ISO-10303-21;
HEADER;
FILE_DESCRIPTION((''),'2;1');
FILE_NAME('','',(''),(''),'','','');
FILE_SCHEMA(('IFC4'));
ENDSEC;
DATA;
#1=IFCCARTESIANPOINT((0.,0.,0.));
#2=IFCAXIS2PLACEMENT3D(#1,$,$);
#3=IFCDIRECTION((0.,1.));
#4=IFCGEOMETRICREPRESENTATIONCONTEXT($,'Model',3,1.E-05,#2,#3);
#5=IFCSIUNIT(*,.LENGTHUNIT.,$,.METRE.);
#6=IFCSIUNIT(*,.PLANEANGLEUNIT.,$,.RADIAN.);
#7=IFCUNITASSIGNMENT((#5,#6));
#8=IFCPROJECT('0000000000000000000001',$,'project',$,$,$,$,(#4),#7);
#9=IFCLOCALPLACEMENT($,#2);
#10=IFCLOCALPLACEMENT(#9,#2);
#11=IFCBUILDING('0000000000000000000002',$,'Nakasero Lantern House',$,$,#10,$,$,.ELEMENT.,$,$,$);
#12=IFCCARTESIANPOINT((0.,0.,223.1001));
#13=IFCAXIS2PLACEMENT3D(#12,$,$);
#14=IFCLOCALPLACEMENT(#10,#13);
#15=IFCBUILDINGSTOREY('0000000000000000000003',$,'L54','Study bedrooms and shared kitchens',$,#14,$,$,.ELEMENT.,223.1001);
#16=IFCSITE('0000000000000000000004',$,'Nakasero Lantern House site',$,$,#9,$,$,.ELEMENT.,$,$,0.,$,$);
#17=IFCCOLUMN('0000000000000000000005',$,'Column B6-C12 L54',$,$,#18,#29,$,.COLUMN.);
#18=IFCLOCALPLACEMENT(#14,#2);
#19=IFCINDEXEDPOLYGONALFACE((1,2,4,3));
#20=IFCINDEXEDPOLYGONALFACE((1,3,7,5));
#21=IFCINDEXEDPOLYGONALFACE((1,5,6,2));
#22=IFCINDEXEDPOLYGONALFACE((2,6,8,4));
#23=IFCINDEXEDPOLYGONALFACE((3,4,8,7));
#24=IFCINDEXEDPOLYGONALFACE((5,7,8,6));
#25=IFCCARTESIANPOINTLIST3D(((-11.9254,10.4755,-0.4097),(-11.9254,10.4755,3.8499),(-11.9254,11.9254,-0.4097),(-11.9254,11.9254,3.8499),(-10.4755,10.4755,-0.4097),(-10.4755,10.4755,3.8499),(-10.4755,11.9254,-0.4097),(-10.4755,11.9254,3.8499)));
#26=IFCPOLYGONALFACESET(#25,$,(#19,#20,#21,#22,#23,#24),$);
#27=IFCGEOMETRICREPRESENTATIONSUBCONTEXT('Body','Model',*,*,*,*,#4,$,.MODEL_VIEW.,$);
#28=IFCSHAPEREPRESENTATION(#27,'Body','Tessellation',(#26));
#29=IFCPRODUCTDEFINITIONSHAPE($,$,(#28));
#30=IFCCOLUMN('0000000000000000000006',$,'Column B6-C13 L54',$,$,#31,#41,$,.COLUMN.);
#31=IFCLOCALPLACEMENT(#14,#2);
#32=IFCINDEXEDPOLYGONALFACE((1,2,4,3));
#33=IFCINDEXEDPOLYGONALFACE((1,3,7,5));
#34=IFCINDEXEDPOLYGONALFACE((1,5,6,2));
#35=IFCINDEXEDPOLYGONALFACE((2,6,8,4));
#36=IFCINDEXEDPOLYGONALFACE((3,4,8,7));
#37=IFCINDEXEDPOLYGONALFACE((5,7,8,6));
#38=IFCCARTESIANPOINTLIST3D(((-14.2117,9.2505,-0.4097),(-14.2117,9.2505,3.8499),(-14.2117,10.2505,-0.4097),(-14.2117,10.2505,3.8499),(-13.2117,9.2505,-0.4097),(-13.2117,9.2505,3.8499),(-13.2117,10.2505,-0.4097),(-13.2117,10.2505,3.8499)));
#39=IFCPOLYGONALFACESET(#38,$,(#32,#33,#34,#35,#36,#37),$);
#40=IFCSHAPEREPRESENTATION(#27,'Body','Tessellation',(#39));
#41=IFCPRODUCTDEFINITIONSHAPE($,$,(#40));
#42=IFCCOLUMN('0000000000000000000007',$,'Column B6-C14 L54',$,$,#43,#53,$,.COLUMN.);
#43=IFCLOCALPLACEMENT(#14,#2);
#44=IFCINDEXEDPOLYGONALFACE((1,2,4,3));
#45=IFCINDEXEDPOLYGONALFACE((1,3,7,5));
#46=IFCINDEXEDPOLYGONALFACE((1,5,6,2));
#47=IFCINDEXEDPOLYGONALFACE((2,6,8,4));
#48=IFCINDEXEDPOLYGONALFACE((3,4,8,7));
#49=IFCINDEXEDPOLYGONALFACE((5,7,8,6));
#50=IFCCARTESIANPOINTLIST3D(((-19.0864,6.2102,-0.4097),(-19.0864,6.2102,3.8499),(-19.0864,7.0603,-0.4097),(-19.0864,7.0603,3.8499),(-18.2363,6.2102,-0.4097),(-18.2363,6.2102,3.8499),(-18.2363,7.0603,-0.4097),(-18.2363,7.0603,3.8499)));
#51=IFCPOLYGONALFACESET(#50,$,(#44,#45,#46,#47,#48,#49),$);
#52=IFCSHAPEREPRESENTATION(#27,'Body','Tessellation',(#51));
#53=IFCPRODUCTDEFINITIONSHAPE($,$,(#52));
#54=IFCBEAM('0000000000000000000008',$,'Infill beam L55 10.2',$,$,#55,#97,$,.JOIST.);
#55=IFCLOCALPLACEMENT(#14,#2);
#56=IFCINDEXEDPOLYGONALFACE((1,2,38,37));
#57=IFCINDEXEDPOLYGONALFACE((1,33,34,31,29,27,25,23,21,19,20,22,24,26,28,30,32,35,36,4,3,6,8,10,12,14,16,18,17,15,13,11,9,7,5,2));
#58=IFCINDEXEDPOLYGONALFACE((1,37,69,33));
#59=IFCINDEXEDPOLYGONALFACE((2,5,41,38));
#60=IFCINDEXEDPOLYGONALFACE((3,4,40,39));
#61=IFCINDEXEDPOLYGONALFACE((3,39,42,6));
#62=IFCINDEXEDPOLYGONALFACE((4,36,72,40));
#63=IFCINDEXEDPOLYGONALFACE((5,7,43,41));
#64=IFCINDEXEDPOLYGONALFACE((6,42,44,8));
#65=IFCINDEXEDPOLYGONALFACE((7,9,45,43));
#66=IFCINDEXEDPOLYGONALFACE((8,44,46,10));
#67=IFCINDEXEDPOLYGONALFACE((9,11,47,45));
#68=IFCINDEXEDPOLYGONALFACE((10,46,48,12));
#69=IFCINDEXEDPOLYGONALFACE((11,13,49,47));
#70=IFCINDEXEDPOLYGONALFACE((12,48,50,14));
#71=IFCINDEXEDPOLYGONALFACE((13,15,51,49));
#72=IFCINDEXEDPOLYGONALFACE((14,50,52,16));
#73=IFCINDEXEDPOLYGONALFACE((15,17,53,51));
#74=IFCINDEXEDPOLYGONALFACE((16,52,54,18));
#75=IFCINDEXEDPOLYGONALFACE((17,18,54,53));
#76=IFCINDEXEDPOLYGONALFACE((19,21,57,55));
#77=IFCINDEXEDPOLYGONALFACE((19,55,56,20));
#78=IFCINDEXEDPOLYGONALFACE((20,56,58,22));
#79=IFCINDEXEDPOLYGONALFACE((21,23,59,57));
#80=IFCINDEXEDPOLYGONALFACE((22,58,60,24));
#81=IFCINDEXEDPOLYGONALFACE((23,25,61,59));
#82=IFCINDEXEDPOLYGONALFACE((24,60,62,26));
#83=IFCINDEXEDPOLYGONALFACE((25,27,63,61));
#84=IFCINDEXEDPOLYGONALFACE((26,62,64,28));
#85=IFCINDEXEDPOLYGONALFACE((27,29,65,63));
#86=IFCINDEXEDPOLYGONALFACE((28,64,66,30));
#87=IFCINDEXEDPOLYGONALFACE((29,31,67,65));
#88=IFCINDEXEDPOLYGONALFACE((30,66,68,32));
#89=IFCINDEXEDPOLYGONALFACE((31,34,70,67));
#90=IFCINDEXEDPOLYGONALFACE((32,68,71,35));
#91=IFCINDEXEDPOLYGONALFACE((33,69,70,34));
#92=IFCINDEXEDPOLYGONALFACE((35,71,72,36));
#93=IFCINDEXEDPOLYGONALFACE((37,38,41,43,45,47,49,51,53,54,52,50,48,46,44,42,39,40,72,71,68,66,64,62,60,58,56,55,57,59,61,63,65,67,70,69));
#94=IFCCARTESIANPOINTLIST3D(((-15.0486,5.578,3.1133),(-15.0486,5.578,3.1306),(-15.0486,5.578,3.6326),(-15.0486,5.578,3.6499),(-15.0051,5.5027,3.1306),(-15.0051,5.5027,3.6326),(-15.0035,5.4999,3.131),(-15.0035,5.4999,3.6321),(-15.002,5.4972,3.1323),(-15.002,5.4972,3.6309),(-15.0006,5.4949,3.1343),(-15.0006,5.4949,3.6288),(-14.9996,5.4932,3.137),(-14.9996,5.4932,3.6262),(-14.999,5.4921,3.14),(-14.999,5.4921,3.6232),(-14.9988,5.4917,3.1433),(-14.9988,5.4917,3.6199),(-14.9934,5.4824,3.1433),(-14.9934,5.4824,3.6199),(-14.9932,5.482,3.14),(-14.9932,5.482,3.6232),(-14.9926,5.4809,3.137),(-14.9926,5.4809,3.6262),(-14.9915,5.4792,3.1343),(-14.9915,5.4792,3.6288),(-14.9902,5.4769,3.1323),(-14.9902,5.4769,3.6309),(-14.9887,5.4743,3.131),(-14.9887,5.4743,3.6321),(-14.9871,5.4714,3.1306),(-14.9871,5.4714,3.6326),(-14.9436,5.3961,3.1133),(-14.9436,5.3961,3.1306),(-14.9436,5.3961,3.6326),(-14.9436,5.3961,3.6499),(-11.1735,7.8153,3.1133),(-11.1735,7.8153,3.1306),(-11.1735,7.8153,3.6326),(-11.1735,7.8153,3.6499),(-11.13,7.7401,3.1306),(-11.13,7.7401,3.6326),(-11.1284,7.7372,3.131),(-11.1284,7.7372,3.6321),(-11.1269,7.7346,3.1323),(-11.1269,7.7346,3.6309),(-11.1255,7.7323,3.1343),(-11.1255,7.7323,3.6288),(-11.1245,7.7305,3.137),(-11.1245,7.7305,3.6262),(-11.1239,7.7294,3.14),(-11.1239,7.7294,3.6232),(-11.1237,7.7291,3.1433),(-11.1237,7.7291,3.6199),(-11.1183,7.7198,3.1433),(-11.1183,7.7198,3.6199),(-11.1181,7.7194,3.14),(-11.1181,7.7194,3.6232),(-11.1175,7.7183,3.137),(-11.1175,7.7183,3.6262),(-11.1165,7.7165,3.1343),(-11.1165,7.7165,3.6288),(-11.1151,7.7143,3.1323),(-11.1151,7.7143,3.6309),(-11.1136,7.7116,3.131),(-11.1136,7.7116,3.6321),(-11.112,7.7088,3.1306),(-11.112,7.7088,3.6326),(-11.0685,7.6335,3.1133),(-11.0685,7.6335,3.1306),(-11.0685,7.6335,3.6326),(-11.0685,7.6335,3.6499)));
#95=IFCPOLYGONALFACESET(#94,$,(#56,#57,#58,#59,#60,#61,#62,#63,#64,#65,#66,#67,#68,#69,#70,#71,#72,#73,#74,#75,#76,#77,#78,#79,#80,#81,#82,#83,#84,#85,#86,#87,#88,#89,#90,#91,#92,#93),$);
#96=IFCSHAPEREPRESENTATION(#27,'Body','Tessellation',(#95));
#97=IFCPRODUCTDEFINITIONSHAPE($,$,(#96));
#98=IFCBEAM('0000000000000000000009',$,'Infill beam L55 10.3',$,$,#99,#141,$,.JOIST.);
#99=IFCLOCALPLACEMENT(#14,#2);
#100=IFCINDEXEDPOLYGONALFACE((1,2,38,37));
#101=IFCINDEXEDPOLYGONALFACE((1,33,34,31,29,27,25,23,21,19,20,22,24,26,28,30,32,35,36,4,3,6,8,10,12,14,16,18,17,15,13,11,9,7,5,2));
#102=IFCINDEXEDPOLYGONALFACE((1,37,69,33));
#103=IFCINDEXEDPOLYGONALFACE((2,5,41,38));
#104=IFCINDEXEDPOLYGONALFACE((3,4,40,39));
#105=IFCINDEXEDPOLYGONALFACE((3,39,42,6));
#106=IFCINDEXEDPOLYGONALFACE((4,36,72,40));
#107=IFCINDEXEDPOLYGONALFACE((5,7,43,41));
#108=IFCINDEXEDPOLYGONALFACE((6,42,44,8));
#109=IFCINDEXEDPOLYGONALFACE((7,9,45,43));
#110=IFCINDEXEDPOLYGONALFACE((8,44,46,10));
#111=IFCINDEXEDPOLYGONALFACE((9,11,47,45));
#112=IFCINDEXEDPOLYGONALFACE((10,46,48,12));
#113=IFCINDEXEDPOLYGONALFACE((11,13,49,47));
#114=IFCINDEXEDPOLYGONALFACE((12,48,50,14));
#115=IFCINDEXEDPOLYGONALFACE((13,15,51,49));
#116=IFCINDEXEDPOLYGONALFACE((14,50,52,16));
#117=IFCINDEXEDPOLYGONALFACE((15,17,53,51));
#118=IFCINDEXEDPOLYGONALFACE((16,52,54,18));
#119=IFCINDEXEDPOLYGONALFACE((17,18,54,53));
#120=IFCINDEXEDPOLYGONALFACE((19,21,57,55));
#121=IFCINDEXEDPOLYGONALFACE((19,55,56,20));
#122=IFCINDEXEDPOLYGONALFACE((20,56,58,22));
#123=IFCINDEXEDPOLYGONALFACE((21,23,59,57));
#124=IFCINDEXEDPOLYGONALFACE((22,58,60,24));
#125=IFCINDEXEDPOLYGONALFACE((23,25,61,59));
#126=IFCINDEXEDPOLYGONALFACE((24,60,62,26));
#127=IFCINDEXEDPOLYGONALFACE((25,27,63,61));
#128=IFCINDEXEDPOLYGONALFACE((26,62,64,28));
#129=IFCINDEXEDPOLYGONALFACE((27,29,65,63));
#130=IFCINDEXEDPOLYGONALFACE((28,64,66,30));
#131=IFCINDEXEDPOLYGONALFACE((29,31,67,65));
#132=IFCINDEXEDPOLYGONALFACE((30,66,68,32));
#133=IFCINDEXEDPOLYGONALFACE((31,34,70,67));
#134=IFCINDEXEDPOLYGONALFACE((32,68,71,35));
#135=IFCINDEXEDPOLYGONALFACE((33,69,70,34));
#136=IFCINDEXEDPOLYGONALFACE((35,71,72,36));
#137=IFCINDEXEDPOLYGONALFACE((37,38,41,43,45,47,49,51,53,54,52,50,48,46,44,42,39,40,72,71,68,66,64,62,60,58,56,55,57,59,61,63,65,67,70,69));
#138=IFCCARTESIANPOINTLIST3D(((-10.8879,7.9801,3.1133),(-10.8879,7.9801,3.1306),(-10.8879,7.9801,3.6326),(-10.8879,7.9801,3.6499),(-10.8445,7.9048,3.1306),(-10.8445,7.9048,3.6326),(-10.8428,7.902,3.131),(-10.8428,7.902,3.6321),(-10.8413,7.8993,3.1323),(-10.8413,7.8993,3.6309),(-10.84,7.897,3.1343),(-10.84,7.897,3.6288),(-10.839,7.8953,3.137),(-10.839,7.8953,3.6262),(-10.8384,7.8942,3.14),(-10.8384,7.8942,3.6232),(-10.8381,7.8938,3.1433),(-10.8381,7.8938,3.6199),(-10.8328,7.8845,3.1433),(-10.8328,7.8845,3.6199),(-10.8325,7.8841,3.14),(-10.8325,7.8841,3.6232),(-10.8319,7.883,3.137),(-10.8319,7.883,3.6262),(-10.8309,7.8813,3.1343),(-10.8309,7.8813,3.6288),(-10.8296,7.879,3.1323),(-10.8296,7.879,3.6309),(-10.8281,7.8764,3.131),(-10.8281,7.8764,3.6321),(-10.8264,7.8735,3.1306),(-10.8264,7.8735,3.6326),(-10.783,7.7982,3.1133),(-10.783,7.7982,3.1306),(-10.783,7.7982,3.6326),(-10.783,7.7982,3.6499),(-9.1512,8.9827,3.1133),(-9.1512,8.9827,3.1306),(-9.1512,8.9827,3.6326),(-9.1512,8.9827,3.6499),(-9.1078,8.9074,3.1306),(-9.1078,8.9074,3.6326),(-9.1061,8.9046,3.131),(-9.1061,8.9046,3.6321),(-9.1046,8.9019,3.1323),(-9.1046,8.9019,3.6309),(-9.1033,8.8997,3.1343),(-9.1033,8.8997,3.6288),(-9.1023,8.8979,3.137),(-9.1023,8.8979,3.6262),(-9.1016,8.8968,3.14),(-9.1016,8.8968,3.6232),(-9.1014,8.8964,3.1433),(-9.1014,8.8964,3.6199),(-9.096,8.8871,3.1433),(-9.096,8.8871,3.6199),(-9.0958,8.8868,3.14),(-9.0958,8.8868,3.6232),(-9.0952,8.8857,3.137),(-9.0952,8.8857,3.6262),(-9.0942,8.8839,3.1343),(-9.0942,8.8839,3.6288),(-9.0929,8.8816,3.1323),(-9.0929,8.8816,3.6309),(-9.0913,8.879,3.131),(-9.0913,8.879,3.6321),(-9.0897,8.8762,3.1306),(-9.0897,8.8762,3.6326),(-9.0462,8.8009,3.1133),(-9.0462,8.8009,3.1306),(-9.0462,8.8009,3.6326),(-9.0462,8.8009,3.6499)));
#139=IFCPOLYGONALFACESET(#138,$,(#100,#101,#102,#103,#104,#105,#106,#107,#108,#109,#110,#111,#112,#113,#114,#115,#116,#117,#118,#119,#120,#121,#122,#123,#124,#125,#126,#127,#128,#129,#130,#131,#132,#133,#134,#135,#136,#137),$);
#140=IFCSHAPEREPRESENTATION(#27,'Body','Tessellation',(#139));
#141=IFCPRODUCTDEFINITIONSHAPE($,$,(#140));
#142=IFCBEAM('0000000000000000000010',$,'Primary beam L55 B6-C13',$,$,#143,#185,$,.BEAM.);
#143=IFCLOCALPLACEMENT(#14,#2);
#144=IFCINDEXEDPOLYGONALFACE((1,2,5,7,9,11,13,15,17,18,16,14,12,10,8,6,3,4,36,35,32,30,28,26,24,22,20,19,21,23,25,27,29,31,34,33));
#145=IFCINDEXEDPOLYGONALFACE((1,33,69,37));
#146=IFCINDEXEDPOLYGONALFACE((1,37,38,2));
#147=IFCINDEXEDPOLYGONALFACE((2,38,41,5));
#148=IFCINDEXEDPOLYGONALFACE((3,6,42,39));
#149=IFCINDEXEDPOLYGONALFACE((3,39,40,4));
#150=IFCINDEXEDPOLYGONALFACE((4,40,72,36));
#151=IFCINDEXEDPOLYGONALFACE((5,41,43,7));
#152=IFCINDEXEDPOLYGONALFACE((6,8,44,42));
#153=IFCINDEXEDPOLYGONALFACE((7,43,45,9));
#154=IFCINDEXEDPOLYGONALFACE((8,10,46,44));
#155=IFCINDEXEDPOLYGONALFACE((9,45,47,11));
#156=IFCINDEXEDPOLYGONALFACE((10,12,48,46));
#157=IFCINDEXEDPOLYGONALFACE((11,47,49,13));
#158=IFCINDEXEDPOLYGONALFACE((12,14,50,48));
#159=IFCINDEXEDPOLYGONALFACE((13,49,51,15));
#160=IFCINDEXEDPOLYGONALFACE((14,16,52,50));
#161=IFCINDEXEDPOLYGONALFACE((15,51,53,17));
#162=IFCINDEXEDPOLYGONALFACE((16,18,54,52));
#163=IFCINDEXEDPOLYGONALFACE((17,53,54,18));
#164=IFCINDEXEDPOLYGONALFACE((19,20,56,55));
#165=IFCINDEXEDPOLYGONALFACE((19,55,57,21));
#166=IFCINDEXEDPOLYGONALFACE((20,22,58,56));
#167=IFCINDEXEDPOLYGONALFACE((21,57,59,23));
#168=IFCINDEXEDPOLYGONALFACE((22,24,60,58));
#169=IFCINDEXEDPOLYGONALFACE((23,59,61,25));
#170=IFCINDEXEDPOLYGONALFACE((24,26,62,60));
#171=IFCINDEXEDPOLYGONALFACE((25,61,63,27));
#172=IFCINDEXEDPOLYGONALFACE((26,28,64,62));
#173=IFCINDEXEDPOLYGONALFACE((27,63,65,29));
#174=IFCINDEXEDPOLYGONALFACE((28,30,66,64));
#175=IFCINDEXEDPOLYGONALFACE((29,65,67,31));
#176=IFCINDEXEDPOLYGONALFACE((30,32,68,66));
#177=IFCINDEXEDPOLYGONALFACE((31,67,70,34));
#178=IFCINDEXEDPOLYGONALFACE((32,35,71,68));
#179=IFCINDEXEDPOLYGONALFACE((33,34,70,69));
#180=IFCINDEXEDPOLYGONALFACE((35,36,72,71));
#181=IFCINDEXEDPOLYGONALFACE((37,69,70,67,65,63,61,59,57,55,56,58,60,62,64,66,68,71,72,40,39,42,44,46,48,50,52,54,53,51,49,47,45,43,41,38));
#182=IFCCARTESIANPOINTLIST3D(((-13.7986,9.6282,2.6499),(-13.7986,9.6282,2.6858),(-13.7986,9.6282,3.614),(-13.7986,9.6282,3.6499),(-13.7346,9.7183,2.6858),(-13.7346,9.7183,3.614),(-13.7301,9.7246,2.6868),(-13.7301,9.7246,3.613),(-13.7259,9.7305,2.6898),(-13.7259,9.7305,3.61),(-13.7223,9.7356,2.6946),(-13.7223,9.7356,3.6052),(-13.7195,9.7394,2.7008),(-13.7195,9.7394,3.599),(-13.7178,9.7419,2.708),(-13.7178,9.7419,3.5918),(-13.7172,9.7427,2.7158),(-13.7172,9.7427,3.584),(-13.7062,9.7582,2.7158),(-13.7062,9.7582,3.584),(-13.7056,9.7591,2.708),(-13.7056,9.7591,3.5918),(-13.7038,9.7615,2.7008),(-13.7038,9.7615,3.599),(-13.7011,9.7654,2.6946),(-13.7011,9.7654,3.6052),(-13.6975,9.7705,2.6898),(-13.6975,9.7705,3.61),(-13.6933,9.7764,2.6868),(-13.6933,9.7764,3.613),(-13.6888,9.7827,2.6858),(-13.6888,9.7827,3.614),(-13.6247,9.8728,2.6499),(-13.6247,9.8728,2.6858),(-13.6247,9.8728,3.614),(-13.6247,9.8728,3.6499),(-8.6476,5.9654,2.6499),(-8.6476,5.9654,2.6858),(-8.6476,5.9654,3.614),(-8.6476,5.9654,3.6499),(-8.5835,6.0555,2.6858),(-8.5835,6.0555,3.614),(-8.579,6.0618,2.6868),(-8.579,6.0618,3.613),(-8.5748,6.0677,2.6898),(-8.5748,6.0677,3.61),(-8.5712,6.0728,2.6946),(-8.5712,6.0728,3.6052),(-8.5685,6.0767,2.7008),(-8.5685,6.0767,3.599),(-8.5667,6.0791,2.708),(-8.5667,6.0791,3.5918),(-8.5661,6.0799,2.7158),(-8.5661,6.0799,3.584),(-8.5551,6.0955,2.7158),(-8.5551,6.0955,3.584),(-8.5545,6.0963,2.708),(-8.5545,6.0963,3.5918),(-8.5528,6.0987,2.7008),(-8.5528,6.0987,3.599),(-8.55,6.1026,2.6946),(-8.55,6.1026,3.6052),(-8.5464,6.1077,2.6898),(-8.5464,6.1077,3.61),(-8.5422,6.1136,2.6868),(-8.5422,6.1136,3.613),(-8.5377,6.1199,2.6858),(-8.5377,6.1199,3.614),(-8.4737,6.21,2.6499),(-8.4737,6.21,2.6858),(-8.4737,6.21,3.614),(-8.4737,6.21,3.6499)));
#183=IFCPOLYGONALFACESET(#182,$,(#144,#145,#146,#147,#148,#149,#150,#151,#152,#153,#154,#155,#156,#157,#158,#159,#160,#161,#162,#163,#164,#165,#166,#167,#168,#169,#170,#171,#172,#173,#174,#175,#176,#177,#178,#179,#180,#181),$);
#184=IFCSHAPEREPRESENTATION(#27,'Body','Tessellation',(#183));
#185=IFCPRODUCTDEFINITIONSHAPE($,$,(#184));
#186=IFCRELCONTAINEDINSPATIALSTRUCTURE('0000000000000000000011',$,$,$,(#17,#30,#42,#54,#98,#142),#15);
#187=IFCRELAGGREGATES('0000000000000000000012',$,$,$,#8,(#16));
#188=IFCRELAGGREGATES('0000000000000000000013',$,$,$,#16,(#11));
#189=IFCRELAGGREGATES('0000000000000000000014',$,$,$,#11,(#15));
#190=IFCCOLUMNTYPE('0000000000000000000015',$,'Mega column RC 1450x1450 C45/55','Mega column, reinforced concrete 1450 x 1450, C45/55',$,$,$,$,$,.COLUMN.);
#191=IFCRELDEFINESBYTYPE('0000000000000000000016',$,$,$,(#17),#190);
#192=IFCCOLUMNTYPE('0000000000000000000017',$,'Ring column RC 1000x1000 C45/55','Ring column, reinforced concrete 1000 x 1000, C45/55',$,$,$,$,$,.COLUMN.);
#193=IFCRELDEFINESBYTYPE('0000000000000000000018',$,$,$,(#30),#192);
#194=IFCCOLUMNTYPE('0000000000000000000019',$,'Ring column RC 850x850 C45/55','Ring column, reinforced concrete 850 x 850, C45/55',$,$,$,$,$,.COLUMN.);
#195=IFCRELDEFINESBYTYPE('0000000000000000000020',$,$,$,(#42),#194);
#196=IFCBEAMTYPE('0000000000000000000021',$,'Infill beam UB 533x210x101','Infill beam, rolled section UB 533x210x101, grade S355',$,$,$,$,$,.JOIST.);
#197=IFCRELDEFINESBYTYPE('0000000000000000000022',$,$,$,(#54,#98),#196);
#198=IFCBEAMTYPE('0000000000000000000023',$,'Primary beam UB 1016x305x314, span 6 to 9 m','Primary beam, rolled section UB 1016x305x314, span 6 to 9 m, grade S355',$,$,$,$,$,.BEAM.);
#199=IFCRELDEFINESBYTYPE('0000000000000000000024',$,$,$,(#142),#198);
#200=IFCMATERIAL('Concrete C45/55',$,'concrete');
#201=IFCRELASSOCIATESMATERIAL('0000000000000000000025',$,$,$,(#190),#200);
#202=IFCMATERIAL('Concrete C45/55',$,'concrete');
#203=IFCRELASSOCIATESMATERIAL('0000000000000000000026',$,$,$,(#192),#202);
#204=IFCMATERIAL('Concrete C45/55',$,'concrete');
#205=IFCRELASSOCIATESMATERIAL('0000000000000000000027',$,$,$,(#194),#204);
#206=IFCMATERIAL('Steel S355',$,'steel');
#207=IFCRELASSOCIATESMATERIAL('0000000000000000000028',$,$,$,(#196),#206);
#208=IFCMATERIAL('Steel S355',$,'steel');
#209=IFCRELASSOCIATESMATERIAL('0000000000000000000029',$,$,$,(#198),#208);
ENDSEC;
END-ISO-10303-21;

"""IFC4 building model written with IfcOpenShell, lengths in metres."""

from ifc_helpers import new_model, si_unit, direction, frame, origin, origin_2d, place, context, subcontext, project, spatial, rectangle, i_section, extrude, material, material_profile, profile_set, type_object, element, save


model = new_model("IFC4")

# Units and contexts
model_context = context("Model", 3, precision=1e-05, world=origin(), true_north=direction((0.0, 1.0)))
body_context = subcontext(model_context, "Body", "Model", "MODEL_VIEW")
ifc_project = project(units=[si_unit("LENGTHUNIT", "METRE"), si_unit("PLANEANGLEUNIT", "RADIAN")], contexts=[model_context])

# Site, building, storey
site_placement = place(None, origin())
site = spatial("IfcSite", under=ifc_project, at=site_placement, Name="Nakasero Lantern House site", CompositionType="ELEMENT", RefElevation=0.0)
building_placement = place(site_placement, origin())
building = spatial("IfcBuilding", under=site, at=building_placement, Name="Nakasero Lantern House", CompositionType="ELEMENT")
storey_placement = place(building_placement, frame((0.0, 0.0, 223.1001)))
storey = spatial("IfcBuildingStorey", under=building, at=storey_placement, Name="L54", Description="Study bedrooms and shared kitchens", CompositionType="ELEMENT", Elevation=223.1001)

# Columns
ifc_material_1 = material(Name="Concrete C45/55", Category="concrete")
ifc_material_profile_1 = material_profile(ifc_material_1, rectangle(XDim=1.45, YDim=1.45, at=origin_2d()), Name="RC 1450x1450")
ifc_profile_set_1 = profile_set([ifc_material_profile_1], Name="Concrete C45/55")
column_type_1 = type_object("IfcColumnType", Name="Mega column RC 1450x1450 C45/55", Description="Mega column, reinforced concrete 1450 x 1450, C45/55", PredefinedType="COLUMN", material=ifc_profile_set_1)
column_1_placement = place(storey_placement, frame((-11.2004, 11.2004, -0.4097), z_axis=(0.0, 0.0, 1.0), x_axis=(1.0, 0.0, 0.0)))
element("IfcColumn", 1, at=column_1_placement, inside=storey, type_object=column_type_1, Name="Column B6-C12 L54", PredefinedType="COLUMN", context=body_context, shape_type="SweptSolid", body=[
    extrude(rectangle(XDim=1.45, YDim=1.45, at=origin_2d()), origin(), (0.0, 0.0, 1.0), 4.2595),
])
ifc_material_2 = material(Name="Concrete C45/55", Category="concrete")
ifc_material_profile_2 = material_profile(ifc_material_2, rectangle(XDim=1.0, YDim=1.0, at=origin_2d()), Name="RC 1000x1000")
ifc_profile_set_2 = profile_set([ifc_material_profile_2], Name="Concrete C45/55")
column_type_2 = type_object("IfcColumnType", Name="Ring column RC 1000x1000 C45/55", Description="Ring column, reinforced concrete 1000 x 1000, C45/55", PredefinedType="COLUMN", material=ifc_profile_set_2)
column_2_placement = place(storey_placement, frame((-13.7117, 9.7505, -0.4097), z_axis=(0.0, 0.0, 1.0), x_axis=(1.0, 0.0, 0.0)))
element("IfcColumn", 2, at=column_2_placement, inside=storey, type_object=column_type_2, Name="Column B6-C13 L54", PredefinedType="COLUMN", context=body_context, shape_type="SweptSolid", body=[
    extrude(rectangle(XDim=1.0, YDim=1.0, at=origin_2d()), origin(), (0.0, 0.0, 1.0), 4.2595),
])
ifc_material_3 = material(Name="Concrete C45/55", Category="concrete")
ifc_material_profile_3 = material_profile(ifc_material_3, rectangle(XDim=0.8501, YDim=0.8501, at=origin_2d()), Name="RC 850x850")
ifc_profile_set_3 = profile_set([ifc_material_profile_3], Name="Concrete C45/55")
column_type_3 = type_object("IfcColumnType", Name="Ring column RC 850x850 C45/55", Description="Ring column, reinforced concrete 850 x 850, C45/55", PredefinedType="COLUMN", material=ifc_profile_set_3)
column_3_placement = place(storey_placement, frame((-18.6614, 6.6353, -0.4097), z_axis=(0.0, 0.0, 1.0), x_axis=(1.0, 0.0, 0.0)))
element("IfcColumn", 3, at=column_3_placement, inside=storey, type_object=column_type_3, Name="Column B6-C14 L54", PredefinedType="COLUMN", context=body_context, shape_type="SweptSolid", body=[
    extrude(rectangle(XDim=0.8501, YDim=0.8501, at=origin_2d()), origin(), (0.0, 0.0, 1.0), 4.2595),
])

# Beams
ifc_material_4 = material(Name="Steel S355", Category="steel")
ifc_material_profile_4 = material_profile(ifc_material_4, i_section(OverallWidth=0.21, OverallDepth=0.5366, WebThickness=0.0107, FlangeThickness=0.0173, FilletRadius=0.0127, at=origin_2d()), Name="UB 533x210x101")
ifc_profile_set_4 = profile_set([ifc_material_profile_4], Name="Steel S355")
beam_type_1 = type_object("IfcBeamType", Name="Infill beam UB 533x210x101", Description="Infill beam, rolled section UB 533x210x101, grade S355", PredefinedType="JOIST", material=ifc_profile_set_4)
beam_1_placement = place(storey_placement, frame((-14.9961, 5.4871, 3.3816), z_axis=(0.866018, 0.500012, 0.0), x_axis=(-0.500012, 0.866018, 0.0)))
element("IfcBeam", 4, at=beam_1_placement, inside=storey, type_object=beam_type_1, Name="Infill beam L55 10.2", PredefinedType="JOIST", context=body_context, shape_type="SweptSolid", body=[
    extrude(i_section(OverallWidth=0.21, OverallDepth=0.5366, WebThickness=0.0107, FlangeThickness=0.0173, FilletRadius=0.0127, at=origin_2d()), origin(), (0.0, 0.0, 1.0), 4.4746),
])
beam_2_placement = place(storey_placement, frame((-10.8354, 7.8892, 3.3816), z_axis=(0.86604, 0.499975, 0.0), x_axis=(-0.499975, 0.86604, 0.0)))
element("IfcBeam", 5, at=beam_2_placement, inside=storey, type_object=beam_type_1, Name="Infill beam L55 10.3", PredefinedType="JOIST", context=body_context, shape_type="SweptSolid", body=[
    extrude(i_section(OverallWidth=0.21, OverallDepth=0.5366, WebThickness=0.0107, FlangeThickness=0.0173, FilletRadius=0.0127, at=origin_2d()), origin(), (0.0, 0.0, 1.0), 2.0054),
])
ifc_material_5 = material(Name="Steel S355", Category="steel")
ifc_material_profile_5 = material_profile(ifc_material_5, i_section(OverallWidth=0.3, OverallDepth=1.0, WebThickness=0.019, FlangeThickness=0.0359, FilletRadius=0.03, at=origin_2d()), Name="UB 1016x305x314")
ifc_profile_set_5 = profile_set([ifc_material_profile_5], Name="Steel S355")
beam_type_2 = type_object("IfcBeamType", Name="Primary beam UB 1016x305x314, span 6 to 9 m", Description="Primary beam, rolled section UB 1016x305x314, span 6 to 9 m, grade S355", PredefinedType="BEAM", material=ifc_profile_set_5)
beam_3_placement = place(storey_placement, frame((-13.7117, 9.7505, 3.1499), z_axis=(0.814969, -0.579505, 0.0), x_axis=(0.579505, 0.814969, 0.0)))
element("IfcBeam", 6, at=beam_3_placement, inside=storey, type_object=beam_type_2, Name="Primary beam L55 B6-C13", PredefinedType="BEAM", context=body_context, shape_type="SweptSolid", body=[
    extrude(i_section(OverallWidth=0.3, OverallDepth=1.0, WebThickness=0.019, FlangeThickness=0.0359, FilletRadius=0.03, at=origin_2d()), origin(), (0.0, 0.0, 1.0), 6.3206),
])

save(model, "model.ifc")
